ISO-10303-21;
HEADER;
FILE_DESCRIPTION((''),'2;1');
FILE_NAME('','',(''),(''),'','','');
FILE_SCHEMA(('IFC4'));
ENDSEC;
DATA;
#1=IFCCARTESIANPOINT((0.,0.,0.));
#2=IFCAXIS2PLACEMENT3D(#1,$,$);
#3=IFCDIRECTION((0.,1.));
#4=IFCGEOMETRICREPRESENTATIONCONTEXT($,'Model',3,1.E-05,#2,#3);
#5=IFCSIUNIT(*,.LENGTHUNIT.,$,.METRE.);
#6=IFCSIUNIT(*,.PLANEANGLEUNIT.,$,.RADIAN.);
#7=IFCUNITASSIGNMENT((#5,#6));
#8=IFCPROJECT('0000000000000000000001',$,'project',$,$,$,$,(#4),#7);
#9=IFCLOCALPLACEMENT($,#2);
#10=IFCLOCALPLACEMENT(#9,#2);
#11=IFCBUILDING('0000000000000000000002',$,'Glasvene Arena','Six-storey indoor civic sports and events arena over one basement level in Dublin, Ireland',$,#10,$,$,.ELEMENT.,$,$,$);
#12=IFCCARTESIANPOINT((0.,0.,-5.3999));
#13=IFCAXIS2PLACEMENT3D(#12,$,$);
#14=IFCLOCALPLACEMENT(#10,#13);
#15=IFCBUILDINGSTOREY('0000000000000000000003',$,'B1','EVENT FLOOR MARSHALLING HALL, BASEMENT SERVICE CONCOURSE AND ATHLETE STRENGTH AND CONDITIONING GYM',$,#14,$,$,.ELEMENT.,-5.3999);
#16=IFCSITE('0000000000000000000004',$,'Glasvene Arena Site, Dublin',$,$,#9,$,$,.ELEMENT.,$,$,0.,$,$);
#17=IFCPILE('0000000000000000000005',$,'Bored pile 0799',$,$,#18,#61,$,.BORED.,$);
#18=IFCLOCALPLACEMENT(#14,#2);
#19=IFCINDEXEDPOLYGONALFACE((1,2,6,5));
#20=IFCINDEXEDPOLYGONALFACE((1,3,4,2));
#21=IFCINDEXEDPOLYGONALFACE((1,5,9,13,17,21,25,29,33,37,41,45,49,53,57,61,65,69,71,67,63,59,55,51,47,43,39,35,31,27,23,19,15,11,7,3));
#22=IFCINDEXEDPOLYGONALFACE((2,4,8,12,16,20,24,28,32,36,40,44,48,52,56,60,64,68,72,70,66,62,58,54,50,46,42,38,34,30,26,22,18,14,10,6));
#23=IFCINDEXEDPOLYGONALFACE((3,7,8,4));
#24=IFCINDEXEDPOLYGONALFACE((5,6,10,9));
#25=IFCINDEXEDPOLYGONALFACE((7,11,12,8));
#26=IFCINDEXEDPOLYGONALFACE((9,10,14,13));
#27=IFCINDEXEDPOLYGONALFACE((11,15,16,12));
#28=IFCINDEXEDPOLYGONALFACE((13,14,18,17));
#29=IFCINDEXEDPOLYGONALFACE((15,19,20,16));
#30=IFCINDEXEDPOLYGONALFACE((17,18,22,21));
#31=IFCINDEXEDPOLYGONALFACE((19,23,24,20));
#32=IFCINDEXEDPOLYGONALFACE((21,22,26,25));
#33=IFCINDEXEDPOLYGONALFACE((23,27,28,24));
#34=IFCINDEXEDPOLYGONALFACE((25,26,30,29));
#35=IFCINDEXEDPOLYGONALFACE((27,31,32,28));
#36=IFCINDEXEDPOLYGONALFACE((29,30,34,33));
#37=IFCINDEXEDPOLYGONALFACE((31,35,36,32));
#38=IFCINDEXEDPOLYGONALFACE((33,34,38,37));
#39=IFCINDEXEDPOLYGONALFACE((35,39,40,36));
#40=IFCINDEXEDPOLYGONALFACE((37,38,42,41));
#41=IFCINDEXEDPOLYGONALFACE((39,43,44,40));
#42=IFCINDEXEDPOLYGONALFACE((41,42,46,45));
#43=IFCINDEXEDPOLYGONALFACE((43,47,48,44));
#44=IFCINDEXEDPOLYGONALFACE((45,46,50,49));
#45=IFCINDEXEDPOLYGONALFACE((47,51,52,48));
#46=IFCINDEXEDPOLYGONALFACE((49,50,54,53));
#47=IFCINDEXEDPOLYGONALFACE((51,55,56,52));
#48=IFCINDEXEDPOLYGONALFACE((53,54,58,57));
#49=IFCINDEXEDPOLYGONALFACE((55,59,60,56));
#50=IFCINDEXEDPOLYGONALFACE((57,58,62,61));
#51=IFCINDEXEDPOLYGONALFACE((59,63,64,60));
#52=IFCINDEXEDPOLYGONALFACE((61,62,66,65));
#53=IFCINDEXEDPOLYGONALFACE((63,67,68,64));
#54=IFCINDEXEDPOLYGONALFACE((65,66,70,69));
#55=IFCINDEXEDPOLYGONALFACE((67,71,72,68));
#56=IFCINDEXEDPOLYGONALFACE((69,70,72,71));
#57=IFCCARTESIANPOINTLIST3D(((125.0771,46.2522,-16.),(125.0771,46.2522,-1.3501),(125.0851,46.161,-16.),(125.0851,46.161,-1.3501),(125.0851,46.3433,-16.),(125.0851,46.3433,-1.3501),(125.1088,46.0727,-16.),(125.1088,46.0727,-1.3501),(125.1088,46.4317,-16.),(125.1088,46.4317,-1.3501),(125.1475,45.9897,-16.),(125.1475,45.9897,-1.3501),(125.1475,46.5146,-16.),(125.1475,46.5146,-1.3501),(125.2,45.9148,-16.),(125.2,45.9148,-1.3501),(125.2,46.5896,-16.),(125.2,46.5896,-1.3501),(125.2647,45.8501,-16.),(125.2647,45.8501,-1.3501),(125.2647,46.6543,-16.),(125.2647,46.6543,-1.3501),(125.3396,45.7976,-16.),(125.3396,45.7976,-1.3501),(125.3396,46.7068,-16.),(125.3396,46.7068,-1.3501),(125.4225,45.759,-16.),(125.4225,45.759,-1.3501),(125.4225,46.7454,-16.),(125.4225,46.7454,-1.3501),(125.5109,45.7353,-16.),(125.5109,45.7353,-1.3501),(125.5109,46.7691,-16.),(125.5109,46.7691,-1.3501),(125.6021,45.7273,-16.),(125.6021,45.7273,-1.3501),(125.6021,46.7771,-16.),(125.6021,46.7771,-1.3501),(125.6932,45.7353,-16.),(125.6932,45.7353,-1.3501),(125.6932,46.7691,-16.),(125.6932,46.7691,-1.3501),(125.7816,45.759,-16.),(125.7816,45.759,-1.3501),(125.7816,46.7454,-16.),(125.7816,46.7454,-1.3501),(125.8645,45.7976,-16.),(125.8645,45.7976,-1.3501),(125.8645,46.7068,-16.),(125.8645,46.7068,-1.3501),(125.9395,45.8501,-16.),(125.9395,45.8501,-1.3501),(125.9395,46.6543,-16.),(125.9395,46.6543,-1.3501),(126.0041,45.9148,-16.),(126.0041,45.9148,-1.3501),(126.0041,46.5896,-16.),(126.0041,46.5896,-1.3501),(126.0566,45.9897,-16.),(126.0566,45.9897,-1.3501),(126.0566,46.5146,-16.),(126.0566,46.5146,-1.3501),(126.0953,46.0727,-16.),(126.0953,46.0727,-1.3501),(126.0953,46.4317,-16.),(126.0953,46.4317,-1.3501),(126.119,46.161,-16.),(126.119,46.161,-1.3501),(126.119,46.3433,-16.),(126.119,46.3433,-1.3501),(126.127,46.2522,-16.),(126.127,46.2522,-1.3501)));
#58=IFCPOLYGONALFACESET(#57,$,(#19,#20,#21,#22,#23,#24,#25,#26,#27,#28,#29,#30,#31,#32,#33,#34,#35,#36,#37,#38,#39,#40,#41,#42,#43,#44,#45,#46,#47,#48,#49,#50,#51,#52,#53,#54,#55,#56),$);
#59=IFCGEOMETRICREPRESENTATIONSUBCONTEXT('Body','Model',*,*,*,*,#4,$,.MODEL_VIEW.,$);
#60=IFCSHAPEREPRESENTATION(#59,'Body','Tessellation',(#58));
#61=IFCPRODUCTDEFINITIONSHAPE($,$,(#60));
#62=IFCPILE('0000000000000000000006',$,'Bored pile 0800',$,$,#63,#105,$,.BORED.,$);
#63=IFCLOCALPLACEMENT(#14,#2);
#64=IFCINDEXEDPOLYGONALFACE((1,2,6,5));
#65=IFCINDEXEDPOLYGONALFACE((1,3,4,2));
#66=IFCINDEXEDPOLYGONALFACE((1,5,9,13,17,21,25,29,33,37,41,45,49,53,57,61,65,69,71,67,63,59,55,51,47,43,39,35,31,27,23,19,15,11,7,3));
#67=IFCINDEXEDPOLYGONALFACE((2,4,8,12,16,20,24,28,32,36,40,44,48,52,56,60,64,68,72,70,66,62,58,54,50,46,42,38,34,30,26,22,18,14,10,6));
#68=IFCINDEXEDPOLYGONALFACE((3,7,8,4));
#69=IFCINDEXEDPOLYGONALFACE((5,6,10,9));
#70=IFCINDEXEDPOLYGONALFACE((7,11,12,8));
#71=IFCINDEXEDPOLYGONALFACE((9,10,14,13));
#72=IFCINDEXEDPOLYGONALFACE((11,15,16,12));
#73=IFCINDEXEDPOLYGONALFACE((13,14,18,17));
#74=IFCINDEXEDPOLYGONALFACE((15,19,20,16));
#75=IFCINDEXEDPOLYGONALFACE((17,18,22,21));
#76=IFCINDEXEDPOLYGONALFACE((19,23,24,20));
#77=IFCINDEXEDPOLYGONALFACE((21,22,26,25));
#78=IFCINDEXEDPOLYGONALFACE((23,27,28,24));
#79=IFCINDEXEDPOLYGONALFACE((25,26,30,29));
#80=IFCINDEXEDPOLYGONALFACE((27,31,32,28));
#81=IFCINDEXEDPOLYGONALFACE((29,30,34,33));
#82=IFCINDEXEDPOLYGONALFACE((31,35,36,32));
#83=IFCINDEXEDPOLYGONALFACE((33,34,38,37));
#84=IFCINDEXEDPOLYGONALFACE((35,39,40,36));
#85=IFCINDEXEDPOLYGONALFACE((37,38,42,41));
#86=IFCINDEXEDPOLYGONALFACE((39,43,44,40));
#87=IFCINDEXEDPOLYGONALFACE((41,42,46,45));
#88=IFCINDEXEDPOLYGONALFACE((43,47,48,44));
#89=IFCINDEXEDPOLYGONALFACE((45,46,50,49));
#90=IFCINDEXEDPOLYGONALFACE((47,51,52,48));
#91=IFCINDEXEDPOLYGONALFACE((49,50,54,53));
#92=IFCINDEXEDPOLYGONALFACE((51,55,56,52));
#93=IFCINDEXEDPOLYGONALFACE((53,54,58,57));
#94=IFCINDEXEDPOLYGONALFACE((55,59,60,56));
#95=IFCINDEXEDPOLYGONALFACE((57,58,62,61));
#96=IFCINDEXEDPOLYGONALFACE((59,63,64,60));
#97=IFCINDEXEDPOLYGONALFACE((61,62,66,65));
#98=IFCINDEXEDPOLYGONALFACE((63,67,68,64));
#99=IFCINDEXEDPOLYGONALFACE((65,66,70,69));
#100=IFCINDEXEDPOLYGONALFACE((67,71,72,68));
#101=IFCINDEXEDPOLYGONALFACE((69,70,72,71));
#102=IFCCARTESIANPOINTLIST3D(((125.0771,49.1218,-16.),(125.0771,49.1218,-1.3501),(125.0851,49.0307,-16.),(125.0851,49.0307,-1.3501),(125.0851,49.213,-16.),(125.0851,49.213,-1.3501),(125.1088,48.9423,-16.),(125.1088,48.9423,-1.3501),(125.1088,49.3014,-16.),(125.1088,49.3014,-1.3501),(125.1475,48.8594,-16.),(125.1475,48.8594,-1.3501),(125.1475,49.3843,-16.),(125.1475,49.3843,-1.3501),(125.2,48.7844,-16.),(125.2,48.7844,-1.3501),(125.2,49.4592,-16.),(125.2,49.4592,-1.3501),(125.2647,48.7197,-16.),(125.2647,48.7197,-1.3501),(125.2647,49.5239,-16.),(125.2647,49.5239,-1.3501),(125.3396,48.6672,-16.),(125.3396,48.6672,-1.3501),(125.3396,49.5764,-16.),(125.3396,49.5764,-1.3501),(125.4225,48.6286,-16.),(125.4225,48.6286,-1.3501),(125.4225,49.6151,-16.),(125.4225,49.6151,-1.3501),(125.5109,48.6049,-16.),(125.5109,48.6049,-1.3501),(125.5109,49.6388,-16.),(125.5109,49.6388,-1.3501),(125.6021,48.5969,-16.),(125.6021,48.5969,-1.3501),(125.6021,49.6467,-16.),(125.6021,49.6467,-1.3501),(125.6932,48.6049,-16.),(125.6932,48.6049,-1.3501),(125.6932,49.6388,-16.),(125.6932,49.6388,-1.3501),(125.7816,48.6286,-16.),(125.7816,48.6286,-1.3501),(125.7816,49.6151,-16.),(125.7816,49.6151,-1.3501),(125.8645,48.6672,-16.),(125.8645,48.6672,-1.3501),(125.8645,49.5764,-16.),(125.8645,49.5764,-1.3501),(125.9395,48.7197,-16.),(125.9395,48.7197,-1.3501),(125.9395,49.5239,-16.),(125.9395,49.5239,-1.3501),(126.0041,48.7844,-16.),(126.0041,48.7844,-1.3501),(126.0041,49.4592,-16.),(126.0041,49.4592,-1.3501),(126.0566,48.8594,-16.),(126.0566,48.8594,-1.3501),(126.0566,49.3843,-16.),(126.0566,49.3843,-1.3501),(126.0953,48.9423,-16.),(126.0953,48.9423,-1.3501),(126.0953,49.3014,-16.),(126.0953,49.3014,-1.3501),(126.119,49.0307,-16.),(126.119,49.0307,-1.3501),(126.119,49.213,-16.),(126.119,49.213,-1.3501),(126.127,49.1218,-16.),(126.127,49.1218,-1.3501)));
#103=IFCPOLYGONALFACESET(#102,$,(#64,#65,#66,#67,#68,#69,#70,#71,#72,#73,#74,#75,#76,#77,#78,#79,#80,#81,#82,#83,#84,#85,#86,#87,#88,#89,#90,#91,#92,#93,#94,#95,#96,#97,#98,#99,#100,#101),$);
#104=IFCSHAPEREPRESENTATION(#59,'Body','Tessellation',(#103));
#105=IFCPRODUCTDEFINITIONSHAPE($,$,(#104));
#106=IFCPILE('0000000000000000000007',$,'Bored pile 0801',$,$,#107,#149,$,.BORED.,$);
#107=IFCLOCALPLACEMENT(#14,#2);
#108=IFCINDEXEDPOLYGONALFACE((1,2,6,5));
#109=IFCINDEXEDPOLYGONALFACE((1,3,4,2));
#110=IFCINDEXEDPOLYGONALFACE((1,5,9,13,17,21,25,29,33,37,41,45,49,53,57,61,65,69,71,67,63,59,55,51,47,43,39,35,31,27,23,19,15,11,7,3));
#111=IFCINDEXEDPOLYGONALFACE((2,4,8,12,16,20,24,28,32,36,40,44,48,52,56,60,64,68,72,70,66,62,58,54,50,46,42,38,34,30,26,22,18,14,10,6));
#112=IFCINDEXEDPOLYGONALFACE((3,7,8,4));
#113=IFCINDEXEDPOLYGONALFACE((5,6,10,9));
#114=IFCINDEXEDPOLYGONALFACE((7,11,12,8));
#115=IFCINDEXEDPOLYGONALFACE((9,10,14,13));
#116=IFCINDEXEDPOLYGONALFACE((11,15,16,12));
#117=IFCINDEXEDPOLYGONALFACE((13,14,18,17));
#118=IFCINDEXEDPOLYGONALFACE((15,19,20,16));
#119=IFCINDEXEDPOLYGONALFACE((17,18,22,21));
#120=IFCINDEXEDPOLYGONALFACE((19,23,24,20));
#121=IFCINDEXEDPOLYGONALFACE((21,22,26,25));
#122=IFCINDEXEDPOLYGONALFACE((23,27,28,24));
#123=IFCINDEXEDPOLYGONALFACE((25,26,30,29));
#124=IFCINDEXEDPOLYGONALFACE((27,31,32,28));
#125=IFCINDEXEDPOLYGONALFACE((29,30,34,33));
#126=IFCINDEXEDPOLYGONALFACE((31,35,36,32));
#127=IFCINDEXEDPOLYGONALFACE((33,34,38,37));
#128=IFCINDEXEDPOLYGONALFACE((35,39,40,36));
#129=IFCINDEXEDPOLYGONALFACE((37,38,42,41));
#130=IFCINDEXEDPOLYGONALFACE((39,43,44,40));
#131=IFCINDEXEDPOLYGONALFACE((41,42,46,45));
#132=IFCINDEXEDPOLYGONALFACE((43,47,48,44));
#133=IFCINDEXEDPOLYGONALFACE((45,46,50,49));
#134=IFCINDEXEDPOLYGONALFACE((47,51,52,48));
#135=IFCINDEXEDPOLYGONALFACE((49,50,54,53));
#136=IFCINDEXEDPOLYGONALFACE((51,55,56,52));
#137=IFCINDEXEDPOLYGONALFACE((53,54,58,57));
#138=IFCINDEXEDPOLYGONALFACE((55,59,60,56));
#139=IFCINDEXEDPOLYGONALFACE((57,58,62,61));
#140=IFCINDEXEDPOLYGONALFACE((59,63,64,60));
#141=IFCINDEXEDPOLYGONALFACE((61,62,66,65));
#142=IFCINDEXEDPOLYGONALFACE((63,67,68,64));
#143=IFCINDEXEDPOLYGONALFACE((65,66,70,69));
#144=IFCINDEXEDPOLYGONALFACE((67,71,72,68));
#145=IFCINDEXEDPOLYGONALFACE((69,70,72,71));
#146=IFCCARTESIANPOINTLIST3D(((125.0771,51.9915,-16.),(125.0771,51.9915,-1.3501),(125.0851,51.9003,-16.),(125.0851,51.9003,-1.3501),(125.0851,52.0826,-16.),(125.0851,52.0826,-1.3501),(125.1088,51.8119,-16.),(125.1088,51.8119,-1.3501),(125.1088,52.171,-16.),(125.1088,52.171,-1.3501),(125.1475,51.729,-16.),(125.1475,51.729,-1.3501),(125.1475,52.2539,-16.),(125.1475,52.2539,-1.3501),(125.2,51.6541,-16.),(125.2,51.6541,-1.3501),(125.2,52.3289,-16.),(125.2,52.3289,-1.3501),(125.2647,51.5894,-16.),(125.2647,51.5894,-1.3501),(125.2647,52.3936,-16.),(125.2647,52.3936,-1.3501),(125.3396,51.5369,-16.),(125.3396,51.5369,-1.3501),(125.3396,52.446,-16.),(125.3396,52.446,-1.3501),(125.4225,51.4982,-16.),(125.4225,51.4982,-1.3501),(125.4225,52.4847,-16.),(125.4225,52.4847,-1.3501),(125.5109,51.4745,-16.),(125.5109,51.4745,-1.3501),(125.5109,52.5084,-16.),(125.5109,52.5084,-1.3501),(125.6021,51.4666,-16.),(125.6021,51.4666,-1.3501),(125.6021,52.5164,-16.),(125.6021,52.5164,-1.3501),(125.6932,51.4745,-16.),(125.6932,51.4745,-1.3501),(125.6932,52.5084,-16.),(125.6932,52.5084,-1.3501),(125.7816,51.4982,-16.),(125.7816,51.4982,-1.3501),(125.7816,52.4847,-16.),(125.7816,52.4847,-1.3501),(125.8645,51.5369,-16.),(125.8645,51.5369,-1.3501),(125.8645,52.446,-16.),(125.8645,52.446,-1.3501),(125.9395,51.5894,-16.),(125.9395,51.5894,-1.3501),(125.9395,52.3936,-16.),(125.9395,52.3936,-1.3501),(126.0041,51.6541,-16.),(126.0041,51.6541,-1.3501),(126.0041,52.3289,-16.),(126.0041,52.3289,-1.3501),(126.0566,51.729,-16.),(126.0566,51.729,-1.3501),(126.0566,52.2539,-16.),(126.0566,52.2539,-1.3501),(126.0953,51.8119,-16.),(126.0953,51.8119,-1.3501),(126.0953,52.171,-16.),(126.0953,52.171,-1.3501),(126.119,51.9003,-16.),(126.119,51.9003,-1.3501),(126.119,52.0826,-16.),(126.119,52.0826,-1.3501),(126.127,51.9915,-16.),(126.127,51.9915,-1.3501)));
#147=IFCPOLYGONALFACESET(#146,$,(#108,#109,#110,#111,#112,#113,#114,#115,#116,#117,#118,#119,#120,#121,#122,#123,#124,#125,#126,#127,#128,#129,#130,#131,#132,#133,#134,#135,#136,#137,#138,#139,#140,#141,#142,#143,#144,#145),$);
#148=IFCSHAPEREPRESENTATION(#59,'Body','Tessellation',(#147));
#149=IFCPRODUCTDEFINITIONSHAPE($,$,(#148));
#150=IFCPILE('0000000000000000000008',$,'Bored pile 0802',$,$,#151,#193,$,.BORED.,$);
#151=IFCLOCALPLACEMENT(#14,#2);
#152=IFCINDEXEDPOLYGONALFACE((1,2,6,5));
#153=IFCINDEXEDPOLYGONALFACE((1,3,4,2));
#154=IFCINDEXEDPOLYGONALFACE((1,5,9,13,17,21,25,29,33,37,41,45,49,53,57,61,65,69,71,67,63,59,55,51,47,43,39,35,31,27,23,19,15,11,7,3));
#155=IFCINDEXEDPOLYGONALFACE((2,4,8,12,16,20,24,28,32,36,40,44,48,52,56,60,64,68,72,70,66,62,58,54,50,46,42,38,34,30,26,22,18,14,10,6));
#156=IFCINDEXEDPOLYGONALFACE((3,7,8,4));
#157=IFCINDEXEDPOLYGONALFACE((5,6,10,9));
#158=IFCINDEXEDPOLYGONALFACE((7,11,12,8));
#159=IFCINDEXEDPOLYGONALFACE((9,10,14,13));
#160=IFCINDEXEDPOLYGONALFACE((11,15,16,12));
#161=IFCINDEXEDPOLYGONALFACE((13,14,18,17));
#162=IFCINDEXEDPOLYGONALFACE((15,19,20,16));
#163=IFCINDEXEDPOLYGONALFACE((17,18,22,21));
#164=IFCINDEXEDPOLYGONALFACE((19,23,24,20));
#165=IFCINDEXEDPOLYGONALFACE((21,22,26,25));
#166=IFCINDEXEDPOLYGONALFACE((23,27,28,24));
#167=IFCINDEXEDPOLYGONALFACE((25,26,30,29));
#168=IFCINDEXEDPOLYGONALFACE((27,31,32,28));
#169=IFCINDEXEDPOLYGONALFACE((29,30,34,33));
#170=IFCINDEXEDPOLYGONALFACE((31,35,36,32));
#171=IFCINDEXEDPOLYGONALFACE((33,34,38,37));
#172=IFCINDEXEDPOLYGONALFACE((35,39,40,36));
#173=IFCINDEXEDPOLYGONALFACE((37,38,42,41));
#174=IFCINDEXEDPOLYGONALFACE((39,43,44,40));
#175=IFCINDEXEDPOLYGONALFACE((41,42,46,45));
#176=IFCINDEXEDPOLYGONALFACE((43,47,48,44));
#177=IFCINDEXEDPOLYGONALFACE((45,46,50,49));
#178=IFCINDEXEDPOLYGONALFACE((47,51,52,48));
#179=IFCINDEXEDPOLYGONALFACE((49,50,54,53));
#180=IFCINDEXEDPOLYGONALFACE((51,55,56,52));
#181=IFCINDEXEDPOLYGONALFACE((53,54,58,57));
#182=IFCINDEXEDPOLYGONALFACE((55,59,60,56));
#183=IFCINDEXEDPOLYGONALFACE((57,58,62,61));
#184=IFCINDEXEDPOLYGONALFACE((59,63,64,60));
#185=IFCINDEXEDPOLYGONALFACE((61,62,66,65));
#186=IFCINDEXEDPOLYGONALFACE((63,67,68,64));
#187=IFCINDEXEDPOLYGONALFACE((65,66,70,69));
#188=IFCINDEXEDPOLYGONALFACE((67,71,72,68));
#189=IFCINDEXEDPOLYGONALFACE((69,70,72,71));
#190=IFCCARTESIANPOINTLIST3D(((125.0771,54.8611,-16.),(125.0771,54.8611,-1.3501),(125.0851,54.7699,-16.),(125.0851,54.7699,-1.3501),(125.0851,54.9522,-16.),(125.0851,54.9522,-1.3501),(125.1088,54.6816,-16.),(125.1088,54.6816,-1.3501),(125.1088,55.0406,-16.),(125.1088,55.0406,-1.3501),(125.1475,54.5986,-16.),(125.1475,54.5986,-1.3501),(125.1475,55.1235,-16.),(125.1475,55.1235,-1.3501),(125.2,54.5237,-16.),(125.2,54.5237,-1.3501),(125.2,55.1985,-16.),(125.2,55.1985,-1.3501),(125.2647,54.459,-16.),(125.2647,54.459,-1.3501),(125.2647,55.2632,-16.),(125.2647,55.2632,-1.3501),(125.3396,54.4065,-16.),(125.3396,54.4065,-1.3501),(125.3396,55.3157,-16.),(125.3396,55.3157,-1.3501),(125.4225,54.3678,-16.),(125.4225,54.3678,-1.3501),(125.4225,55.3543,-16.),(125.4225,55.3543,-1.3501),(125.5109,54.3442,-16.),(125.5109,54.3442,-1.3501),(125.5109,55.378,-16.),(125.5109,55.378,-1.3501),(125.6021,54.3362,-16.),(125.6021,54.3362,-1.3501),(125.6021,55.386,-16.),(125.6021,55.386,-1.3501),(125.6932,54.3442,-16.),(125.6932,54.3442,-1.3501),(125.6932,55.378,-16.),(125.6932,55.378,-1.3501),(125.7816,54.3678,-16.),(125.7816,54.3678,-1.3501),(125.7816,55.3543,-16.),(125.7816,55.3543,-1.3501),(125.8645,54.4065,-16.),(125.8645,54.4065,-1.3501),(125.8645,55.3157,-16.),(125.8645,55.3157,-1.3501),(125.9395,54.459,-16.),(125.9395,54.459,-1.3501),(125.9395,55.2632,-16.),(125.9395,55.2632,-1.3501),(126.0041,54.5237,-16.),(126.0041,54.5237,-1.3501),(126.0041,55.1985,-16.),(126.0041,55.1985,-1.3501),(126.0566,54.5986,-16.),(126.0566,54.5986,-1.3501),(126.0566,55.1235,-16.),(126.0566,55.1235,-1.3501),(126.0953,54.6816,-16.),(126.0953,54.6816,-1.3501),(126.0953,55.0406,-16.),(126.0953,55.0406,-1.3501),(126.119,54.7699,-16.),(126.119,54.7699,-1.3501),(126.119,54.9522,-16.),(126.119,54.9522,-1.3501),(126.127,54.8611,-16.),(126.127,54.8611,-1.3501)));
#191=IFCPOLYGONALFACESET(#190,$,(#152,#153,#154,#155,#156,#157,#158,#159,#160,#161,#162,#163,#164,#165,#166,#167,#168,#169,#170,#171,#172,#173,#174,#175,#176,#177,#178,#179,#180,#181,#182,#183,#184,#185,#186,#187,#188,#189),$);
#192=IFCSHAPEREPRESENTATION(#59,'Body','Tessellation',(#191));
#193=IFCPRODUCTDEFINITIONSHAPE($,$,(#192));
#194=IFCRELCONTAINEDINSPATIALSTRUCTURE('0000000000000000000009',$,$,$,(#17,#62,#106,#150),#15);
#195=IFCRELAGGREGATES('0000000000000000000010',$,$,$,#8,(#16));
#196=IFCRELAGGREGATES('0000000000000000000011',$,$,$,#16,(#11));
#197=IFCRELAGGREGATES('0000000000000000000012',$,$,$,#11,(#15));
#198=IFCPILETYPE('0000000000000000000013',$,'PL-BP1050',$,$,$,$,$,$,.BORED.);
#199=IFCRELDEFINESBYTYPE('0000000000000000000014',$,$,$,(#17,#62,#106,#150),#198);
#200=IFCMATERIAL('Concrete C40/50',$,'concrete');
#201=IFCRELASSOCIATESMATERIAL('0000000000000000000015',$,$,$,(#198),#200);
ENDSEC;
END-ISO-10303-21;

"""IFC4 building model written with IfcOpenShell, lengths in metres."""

from ifc_helpers import new_model, si_unit, direction, frame, origin, origin_2d, place, context, subcontext, project, spatial, circle, extrude, material, material_profile, profile_set, type_object, element, save


model = new_model("IFC4")

# Units and contexts
model_context = context("Model", 3, precision=1e-05, world=origin(), true_north=direction((0.0, 1.0)))
body_context = subcontext(model_context, "Body", "Model", "MODEL_VIEW")
ifc_project = project(units=[si_unit("LENGTHUNIT", "METRE"), si_unit("PLANEANGLEUNIT", "RADIAN")], contexts=[model_context])

# Site, building, storey
site_placement = place(None, origin())
site = spatial("IfcSite", under=ifc_project, at=site_placement, Name="Glasvene Arena Site, Dublin", CompositionType="ELEMENT", RefElevation=0.0)
building_placement = place(site_placement, origin())
building = spatial("IfcBuilding", under=site, at=building_placement, Name="Glasvene Arena", Description="Six-storey indoor civic sports and events arena over one basement level in Dublin, Ireland", CompositionType="ELEMENT")
storey_placement = place(building_placement, frame((0.0, 0.0, -5.3999)))
storey = spatial("IfcBuildingStorey", under=building, at=storey_placement, Name="B1", Description="EVENT FLOOR MARSHALLING HALL, BASEMENT SERVICE CONCOURSE AND ATHLETE STRENGTH AND CONDITIONING GYM", CompositionType="ELEMENT", Elevation=-5.3999)

# Shared definitions
ifc_material_1 = material(Name="Concrete C40/50", Category="concrete")

# Piles
ifc_material_profile_1 = material_profile(ifc_material_1, circle(Radius=0.5249, at=origin_2d()), Name="BORED PILE 1050")
ifc_profile_set_1 = profile_set([ifc_material_profile_1], Name="Concrete C40/50")
pile_type = type_object("IfcPileType", Name="PL-BP1050", PredefinedType="BORED", material=ifc_profile_set_1)
for number, where, z_axis, x_axis, name in (
    (1, (125.6021, 46.2522, -1.3501), (0.0, 0.0, -1.0), (1.0, 0.0, 0.0), "Bored pile 0799"),
    (2, (125.6021, 49.1218, -1.3501), (0.0, 0.0, -1.0), (1.0, 0.0, 0.0), "Bored pile 0800"),
    (3, (125.6021, 51.9915, -1.3501), (0.0, 0.0, -1.0), (1.0, 0.0, 0.0), "Bored pile 0801"),
    (4, (125.6021, 54.8611, -1.3501), (0.0, 0.0, -1.0), (1.0, 0.0, 0.0), "Bored pile 0802"),
):
    element("IfcPile", number, at=place(storey_placement, frame(where, z_axis=z_axis, x_axis=x_axis)), inside=storey, type_object=pile_type, Name=name, PredefinedType="BORED", context=body_context, shape_type="SweptSolid", body=[
        extrude(circle(Radius=0.5249, at=origin_2d()), origin(), (0.0, 0.0, 1.0), 14.6499),
    ])

save(model, "model.ifc")
